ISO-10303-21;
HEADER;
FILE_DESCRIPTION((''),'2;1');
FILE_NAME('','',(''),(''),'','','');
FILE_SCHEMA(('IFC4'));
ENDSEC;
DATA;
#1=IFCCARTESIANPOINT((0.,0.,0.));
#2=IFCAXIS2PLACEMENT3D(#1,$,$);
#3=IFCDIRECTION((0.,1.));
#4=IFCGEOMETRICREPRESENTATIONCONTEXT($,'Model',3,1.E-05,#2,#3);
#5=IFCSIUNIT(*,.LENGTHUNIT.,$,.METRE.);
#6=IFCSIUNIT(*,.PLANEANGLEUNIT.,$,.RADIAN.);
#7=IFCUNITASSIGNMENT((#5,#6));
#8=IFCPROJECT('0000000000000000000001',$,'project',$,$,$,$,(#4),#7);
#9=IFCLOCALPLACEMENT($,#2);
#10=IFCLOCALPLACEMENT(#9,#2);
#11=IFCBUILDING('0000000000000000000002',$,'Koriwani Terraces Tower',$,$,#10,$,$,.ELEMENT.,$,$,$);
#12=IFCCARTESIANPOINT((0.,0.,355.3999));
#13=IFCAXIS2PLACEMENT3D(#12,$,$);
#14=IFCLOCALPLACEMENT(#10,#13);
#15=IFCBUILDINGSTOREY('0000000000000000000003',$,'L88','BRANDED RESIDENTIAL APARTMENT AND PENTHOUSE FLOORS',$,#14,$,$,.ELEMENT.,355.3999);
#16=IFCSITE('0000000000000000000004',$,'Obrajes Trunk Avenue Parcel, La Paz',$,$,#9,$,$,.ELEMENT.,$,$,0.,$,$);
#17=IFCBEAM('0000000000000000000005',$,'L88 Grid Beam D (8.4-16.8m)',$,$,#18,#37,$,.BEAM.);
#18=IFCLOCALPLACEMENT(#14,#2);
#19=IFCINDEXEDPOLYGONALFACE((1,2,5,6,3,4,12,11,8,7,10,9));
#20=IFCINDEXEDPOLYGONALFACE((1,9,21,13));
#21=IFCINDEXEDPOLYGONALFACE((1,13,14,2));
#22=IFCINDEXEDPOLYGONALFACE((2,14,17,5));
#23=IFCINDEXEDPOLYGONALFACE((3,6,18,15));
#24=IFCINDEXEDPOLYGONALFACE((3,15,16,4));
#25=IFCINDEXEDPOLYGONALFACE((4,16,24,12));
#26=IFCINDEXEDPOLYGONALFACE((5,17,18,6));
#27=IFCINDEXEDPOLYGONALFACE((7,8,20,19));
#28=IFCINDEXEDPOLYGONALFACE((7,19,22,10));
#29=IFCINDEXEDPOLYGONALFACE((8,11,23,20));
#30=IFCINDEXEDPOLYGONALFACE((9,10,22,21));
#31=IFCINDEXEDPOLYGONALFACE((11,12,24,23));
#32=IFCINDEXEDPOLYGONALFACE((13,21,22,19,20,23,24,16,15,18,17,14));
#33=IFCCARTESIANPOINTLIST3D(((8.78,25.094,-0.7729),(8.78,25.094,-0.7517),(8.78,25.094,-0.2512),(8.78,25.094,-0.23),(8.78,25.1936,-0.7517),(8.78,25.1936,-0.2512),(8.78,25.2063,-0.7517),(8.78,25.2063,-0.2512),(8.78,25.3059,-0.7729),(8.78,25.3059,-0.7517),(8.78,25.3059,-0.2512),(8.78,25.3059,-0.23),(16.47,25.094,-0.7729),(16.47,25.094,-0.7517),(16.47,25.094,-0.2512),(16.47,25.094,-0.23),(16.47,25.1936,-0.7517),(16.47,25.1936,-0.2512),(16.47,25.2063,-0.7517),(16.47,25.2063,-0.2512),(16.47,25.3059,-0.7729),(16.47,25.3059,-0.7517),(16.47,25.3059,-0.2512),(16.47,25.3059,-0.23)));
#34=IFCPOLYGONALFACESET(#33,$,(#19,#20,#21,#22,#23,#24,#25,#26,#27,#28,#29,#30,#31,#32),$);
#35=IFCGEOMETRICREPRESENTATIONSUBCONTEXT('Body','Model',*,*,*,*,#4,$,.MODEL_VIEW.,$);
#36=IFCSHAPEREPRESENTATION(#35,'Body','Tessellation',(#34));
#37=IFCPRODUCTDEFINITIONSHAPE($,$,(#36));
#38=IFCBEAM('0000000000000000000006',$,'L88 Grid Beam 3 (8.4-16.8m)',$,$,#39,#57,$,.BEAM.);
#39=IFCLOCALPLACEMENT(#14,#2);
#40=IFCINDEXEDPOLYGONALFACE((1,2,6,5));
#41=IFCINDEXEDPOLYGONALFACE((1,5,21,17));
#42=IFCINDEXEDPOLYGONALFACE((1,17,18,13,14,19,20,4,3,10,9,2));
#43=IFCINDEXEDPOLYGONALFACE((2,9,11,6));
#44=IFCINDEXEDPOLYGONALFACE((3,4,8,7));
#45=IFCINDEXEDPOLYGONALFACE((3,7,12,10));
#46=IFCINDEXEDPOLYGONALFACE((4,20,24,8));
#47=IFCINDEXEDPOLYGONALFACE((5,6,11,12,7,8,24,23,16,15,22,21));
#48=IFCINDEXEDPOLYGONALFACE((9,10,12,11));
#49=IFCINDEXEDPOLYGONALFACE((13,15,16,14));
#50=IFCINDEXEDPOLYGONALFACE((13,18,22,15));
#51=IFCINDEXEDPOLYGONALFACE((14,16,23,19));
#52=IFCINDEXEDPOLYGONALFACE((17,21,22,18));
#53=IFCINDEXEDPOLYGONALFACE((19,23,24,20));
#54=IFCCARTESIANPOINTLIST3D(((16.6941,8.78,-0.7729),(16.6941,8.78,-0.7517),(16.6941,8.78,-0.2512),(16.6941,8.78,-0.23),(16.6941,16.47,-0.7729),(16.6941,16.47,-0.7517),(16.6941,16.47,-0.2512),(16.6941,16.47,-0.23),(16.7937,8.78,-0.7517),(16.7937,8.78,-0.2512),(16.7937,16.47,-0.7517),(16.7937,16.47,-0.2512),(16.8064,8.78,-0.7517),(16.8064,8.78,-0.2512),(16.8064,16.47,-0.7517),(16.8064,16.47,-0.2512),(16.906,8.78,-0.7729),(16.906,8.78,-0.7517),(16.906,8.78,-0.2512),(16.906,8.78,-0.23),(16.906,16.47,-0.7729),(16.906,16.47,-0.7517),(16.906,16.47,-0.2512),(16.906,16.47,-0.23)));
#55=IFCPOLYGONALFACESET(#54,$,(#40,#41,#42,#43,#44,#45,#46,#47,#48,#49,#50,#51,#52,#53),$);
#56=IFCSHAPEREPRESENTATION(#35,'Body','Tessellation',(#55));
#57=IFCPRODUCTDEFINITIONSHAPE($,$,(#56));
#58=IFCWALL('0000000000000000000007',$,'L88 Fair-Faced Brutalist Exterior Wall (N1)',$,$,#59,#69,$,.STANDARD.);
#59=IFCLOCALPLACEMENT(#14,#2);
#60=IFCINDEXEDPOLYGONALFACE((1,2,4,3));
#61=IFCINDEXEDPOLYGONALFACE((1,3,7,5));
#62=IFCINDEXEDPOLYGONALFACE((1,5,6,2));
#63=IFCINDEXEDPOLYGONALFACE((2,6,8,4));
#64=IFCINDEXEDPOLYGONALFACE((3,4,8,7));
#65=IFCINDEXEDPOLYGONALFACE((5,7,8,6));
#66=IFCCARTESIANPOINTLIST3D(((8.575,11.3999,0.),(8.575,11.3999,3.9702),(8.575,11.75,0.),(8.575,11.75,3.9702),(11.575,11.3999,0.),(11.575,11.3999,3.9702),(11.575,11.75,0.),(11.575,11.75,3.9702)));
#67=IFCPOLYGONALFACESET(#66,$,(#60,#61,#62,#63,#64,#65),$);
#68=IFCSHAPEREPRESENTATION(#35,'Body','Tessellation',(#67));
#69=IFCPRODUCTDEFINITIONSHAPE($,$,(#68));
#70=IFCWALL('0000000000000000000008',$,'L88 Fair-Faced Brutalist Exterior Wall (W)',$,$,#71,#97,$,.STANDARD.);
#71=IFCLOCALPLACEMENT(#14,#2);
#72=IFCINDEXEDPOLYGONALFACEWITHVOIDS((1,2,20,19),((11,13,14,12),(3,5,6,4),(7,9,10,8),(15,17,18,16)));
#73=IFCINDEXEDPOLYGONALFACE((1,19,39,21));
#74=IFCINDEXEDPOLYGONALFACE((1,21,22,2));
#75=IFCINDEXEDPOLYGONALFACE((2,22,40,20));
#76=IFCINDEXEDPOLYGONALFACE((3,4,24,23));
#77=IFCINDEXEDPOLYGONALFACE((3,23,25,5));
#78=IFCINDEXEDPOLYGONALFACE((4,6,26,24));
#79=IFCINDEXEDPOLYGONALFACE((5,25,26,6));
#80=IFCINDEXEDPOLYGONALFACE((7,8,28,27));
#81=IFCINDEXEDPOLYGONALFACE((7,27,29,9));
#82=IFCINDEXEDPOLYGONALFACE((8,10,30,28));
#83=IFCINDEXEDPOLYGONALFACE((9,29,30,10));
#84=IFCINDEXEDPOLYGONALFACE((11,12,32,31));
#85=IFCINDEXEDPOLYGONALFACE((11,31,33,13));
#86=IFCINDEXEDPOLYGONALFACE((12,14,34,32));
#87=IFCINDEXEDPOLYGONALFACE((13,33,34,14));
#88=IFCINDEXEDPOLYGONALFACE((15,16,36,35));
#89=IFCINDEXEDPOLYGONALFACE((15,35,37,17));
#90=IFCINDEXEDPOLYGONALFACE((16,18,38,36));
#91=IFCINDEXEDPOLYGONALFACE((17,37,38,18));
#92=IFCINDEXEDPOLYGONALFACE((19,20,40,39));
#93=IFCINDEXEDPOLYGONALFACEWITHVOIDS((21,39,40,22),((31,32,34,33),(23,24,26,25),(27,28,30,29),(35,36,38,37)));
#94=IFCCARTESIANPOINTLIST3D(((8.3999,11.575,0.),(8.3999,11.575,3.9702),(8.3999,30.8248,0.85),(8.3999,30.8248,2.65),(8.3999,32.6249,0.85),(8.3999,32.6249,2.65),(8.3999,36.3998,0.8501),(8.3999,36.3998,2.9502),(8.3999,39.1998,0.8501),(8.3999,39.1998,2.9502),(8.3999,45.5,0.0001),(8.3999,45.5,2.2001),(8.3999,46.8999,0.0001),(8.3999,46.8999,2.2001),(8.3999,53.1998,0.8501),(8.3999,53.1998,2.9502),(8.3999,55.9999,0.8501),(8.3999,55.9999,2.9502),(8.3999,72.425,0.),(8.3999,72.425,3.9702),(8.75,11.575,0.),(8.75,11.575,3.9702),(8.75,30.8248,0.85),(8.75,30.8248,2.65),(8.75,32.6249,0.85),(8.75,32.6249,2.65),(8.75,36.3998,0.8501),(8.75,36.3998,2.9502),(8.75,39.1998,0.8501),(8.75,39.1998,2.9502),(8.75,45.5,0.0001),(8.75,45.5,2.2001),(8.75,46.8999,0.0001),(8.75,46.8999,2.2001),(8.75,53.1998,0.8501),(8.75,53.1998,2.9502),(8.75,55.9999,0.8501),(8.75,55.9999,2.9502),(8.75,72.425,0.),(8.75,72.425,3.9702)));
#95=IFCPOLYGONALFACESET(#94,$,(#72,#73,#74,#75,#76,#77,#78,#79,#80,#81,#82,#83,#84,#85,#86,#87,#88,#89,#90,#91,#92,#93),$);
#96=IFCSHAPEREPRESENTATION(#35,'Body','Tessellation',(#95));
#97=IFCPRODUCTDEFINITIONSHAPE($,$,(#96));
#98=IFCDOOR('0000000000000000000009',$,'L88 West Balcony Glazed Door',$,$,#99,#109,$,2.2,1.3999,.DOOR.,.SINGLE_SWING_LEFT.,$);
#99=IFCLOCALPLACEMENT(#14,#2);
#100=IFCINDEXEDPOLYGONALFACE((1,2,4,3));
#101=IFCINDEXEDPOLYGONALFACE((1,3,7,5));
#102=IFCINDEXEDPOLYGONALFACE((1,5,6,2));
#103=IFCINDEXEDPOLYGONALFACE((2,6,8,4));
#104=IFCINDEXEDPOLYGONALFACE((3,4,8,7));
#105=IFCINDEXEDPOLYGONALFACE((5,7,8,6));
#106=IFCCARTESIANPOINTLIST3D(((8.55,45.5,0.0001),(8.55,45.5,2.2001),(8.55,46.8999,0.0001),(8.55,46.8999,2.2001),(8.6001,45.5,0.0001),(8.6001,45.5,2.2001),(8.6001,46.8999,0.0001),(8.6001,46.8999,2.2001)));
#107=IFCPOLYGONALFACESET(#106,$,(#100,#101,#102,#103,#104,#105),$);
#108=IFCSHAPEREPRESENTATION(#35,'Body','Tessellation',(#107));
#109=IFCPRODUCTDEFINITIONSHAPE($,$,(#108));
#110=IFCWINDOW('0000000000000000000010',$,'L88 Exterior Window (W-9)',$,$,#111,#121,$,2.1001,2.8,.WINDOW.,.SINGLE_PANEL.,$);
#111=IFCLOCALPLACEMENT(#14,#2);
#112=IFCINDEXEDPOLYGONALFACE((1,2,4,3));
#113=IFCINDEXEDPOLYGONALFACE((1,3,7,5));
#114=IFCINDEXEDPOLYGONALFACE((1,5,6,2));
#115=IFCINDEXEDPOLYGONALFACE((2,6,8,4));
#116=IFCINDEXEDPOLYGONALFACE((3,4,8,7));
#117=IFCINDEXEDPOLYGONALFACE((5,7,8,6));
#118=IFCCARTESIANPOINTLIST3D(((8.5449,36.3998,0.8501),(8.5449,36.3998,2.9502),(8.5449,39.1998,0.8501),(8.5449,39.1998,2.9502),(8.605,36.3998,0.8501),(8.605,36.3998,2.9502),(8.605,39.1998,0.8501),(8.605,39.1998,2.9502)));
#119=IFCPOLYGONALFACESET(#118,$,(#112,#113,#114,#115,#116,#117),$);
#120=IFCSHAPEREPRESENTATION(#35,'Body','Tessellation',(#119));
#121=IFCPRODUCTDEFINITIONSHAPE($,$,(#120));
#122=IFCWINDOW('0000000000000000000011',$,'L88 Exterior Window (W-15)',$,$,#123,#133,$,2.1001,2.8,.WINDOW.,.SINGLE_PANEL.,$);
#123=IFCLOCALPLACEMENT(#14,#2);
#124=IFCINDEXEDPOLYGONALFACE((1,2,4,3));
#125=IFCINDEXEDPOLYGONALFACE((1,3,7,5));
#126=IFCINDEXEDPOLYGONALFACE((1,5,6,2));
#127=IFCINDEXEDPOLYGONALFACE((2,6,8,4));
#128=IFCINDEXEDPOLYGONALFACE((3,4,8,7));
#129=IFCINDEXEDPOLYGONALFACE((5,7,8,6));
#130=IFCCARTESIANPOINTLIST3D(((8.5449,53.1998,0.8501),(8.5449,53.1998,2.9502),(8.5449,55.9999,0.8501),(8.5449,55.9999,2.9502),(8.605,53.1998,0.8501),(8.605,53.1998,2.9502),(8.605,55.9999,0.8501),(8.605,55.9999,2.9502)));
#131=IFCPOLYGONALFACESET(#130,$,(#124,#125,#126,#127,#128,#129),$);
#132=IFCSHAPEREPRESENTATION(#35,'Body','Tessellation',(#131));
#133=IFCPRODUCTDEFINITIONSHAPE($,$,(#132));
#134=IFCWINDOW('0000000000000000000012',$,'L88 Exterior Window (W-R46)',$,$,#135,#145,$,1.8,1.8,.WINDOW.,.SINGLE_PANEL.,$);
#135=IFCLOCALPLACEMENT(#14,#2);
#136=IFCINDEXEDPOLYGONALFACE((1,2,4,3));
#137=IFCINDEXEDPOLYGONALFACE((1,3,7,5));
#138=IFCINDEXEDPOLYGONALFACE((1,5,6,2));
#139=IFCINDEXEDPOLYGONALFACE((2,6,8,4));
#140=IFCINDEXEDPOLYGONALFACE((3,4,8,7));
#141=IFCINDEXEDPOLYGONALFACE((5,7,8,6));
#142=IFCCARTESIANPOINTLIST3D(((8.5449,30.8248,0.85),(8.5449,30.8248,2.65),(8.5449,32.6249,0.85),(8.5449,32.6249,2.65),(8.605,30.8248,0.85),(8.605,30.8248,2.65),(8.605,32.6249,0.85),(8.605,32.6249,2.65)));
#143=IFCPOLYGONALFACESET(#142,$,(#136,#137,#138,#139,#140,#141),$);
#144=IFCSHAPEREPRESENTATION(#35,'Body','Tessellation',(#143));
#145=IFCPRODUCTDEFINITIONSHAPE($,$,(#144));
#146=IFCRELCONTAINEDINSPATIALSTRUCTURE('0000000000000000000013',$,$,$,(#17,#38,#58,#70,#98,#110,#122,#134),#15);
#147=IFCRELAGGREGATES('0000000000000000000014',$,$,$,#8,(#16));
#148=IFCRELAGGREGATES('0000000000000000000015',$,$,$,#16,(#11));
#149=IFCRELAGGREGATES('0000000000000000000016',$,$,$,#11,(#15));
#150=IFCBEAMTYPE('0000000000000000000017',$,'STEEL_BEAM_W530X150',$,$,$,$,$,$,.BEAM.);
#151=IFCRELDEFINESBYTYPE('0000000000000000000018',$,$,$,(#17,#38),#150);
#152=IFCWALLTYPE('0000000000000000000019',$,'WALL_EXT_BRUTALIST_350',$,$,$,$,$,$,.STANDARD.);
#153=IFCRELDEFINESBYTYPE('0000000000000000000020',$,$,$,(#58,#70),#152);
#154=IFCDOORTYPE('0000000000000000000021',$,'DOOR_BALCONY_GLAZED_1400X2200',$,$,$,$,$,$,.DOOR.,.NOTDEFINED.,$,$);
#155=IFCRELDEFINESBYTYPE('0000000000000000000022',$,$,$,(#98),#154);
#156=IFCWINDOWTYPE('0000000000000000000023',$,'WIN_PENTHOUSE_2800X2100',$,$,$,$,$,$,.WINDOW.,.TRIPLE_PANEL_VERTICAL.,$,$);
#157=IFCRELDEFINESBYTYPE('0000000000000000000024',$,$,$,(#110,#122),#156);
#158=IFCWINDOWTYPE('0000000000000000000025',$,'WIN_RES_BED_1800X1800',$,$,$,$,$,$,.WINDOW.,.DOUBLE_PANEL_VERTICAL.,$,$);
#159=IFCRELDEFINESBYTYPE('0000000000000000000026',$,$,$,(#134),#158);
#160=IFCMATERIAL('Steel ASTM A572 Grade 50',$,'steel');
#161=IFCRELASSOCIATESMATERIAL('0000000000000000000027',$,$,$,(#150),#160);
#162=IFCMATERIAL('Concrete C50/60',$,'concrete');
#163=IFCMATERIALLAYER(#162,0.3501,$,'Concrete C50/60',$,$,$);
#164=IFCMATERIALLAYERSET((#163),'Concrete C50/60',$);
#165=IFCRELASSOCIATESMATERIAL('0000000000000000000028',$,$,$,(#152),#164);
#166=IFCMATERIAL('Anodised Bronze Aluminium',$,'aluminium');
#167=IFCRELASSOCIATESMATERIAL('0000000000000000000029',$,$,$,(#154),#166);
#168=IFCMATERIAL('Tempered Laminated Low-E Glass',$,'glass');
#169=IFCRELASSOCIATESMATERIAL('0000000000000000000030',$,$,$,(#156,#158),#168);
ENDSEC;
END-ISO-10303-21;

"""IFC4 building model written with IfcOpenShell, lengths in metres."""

from ifc_helpers import new_model, si_unit, direction, frame, frame_2d, origin, origin_2d, place, context, subcontext, project, spatial, rectangle, i_section, extrude, material, layer, layer_set, material_profile, profile_set, type_object, element, fill, save


model = new_model("IFC4")

# Units and contexts
model_context = context("Model", 3, precision=1e-05, world=origin(), true_north=direction((0.0, 1.0)))
body_context = subcontext(model_context, "Body", "Model", "MODEL_VIEW")
ifc_project = project(units=[si_unit("LENGTHUNIT", "METRE"), si_unit("PLANEANGLEUNIT", "RADIAN")], contexts=[model_context])

# Site, building, storey
site_placement = place(None, origin())
site = spatial("IfcSite", under=ifc_project, at=site_placement, Name="Obrajes Trunk Avenue Parcel, La Paz", CompositionType="ELEMENT", RefElevation=0.0)
building_placement = place(site_placement, origin())
building = spatial("IfcBuilding", under=site, at=building_placement, Name="Koriwani Terraces Tower", CompositionType="ELEMENT")
storey_placement = place(building_placement, frame((0.0, 0.0, 355.3999)))
storey = spatial("IfcBuildingStorey", under=building, at=storey_placement, Name="L88", Description="BRANDED RESIDENTIAL APARTMENT AND PENTHOUSE FLOORS", CompositionType="ELEMENT", Elevation=355.3999)

# Shared definitions
ifc_material_1 = material(Name="Concrete C50/60", Category="concrete")

# Beams
ifc_material_2 = material(Name="Steel ASTM A572 Grade 50", Category="steel")
ifc_material_profile_1 = material_profile(ifc_material_2, i_section(OverallWidth=0.2119, OverallDepth=0.543, WebThickness=0.0127, FlangeThickness=0.0212, at=origin_2d()), Name="Steel ASTM A572 Grade 50", Category="LoadBearing")
ifc_profile_set_1 = profile_set([ifc_material_profile_1], Name="Steel ASTM A572 Grade 50")
beam_type_1 = type_object("IfcBeamType", Name="STEEL_BEAM_W530X150", PredefinedType="BEAM", material=ifc_profile_set_1)
for number, where, z_axis, x_axis, name in (
    (1, (8.78, 25.2, -0.5015), (1.0, 0.0, 0.0), (0.0, 1.0, 0.0), "L88 Grid Beam D (8.4-16.8m)"),
    (2, (16.8, 8.78, -0.5015), (0.0, 1.0, 0.0), (-1.0, 0.0, 0.0), "L88 Grid Beam 3 (8.4-16.8m)"),
):
    element("IfcBeam", number, at=place(storey_placement, frame(where, z_axis=z_axis, x_axis=x_axis)), inside=storey, type_object=beam_type_1, Name=name, PredefinedType="BEAM", context=body_context, shape_type="SweptSolid", body=[
        extrude(i_section(OverallWidth=0.2119, OverallDepth=0.543, WebThickness=0.0127, FlangeThickness=0.0212, at=origin_2d()), origin(), (0.0, 0.0, 1.0), 7.6899),
    ])

# Wall
ifc_layer_1 = layer(ifc_material_1, 0.3501, Name="Concrete C50/60")
ifc_layer_set_1 = layer_set([ifc_layer_1], Name="Concrete C50/60")
wall_type_1 = type_object("IfcWallType", Name="WALL_EXT_BRUTALIST_350", PredefinedType="STANDARD", material=ifc_layer_set_1)
wall_1_placement = place(storey_placement, frame((11.575, 11.575, 0.0), z_axis=(0.0, 0.0, 1.0), x_axis=(-1.0, 0.0, 0.0)))
element("IfcWall", 3, at=wall_1_placement, inside=storey, type_object=wall_type_1, Name="L88 Fair-Faced Brutalist Exterior Wall (N1)", PredefinedType="STANDARD", context=body_context, shape_type="SweptSolid", body=[
    extrude(rectangle(XDim=3.0, YDim=0.3501, at=frame_2d((1.5, 0.0))), origin(), (0.0, 0.0, 1.0), 3.9702),
])

# Wall, openings, door, windows
wall_2_placement = place(storey_placement, frame((8.575, 11.575, 0.0), z_axis=(0.0, 0.0, 1.0), x_axis=(0.0, 1.0, 0.0)))
wall_2 = element("IfcWall", 4, at=wall_2_placement, inside=storey, type_object=wall_type_1, Name="L88 Fair-Faced Brutalist Exterior Wall (W)", PredefinedType="STANDARD", context=body_context, shape_type="SweptSolid", body=[
    extrude(rectangle(XDim=60.8501, YDim=0.3501, at=frame_2d((30.425, 0.0))), origin(), (0.0, 0.0, 1.0), 3.9702),
])
opening_1_placement = place(wall_2_placement, frame((33.925, 0.0, 0.0)))
opening_1 = element("IfcOpeningElement", 5, at=opening_1_placement, cuts=wall_2, PredefinedType="OPENING", context=body_context, shape_type="SweptSolid", body=[
    extrude(rectangle(XDim=1.3999, YDim=2.2, at=frame_2d((0.7, 1.1001))), frame((0.0, 0.1851, 0.0), z_axis=(0.0, -1.0, 0.0), x_axis=(1.0, 0.0, 0.0)), (0.0, 0.0, 1.0), 0.3701),
])
opening_2_placement = place(wall_2_placement, frame((24.825, 0.0, 0.8501)))
opening_2 = element("IfcOpeningElement", 6, at=opening_2_placement, cuts=wall_2, PredefinedType="OPENING", context=body_context, shape_type="SweptSolid", body=[
    extrude(rectangle(XDim=2.8, YDim=2.1001, at=frame_2d((1.3999, 1.05))), frame((0.0, 0.1851, 0.0), z_axis=(0.0, -1.0, 0.0), x_axis=(1.0, 0.0, 0.0)), (0.0, 0.0, 1.0), 0.3701),
])
opening_3_placement = place(wall_2_placement, frame((41.625, 0.0, 0.8501)))
opening_3 = element("IfcOpeningElement", 7, at=opening_3_placement, cuts=wall_2, PredefinedType="OPENING", context=body_context, shape_type="SweptSolid", body=[
    extrude(rectangle(XDim=2.8, YDim=2.1001, at=frame_2d((1.3999, 1.05))), frame((0.0, 0.1851, 0.0), z_axis=(0.0, -1.0, 0.0), x_axis=(1.0, 0.0, 0.0)), (0.0, 0.0, 1.0), 0.3701),
])
opening_4_placement = place(wall_2_placement, frame((19.25, 0.0, 0.8501)))
opening_4 = element("IfcOpeningElement", 8, at=opening_4_placement, cuts=wall_2, PredefinedType="OPENING", context=body_context, shape_type="SweptSolid", body=[
    extrude(rectangle(XDim=1.8, YDim=1.8, at=frame_2d((0.8999, 0.8999))), frame((0.0, 0.1851, 0.0), z_axis=(0.0, -1.0, 0.0), x_axis=(1.0, 0.0, 0.0)), (0.0, 0.0, 1.0), 0.3701),
])
ifc_material_3 = material(Name="Anodised Bronze Aluminium", Category="aluminium")
door_type_1 = type_object("IfcDoorType", Name="DOOR_BALCONY_GLAZED_1400X2200", OperationType="NOTDEFINED", PredefinedType="DOOR", material=ifc_material_3)
door_1_placement = place(opening_1_placement, origin())
door_1 = element("IfcDoor", 9, at=door_1_placement, inside=storey, type_object=door_type_1, Name="L88 West Balcony Glazed Door", OperationType="SINGLE_SWING_LEFT", OverallHeight=2.2, OverallWidth=1.3999, PredefinedType="DOOR", context=body_context, shape_type="SweptSolid", body=[
    extrude(rectangle(XDim=1.3999, YDim=2.2, at=frame_2d((0.7, 1.1001))), frame((0.0, 0.0249, 0.0), z_axis=(0.0, -1.0, 0.0), x_axis=(1.0, 0.0, 0.0)), (0.0, 0.0, 1.0), 0.05),
])
fill(opening_1, door_1)
ifc_material_4 = material(Name="Tempered Laminated Low-E Glass", Category="glass")
window_type_1 = type_object("IfcWindowType", Name="WIN_PENTHOUSE_2800X2100", PartitioningType="TRIPLE_PANEL_VERTICAL", PredefinedType="WINDOW", material=ifc_material_4)
window_1_placement = place(opening_2_placement, origin())
window_1 = element("IfcWindow", 10, at=window_1_placement, inside=storey, type_object=window_type_1, Name="L88 Exterior Window (W-9)", OverallHeight=2.1001, OverallWidth=2.8, PartitioningType="SINGLE_PANEL", PredefinedType="WINDOW", context=body_context, shape_type="SweptSolid", body=[
    extrude(rectangle(XDim=2.8, YDim=2.1001, at=frame_2d((1.3999, 1.05))), frame((0.0, 0.03, 0.0), z_axis=(0.0, -1.0, 0.0), x_axis=(1.0, 0.0, 0.0)), (0.0, 0.0, 1.0), 0.0601),
])
fill(opening_2, window_1)
window_2_placement = place(opening_3_placement, origin())
window_2 = element("IfcWindow", 11, at=window_2_placement, inside=storey, type_object=window_type_1, Name="L88 Exterior Window (W-15)", OverallHeight=2.1001, OverallWidth=2.8, PartitioningType="SINGLE_PANEL", PredefinedType="WINDOW", context=body_context, shape_type="SweptSolid", body=[
    extrude(rectangle(XDim=2.8, YDim=2.1001, at=frame_2d((1.3999, 1.05))), frame((0.0, 0.03, 0.0), z_axis=(0.0, -1.0, 0.0), x_axis=(1.0, 0.0, 0.0)), (0.0, 0.0, 1.0), 0.0601),
])
fill(opening_3, window_2)
window_type_2 = type_object("IfcWindowType", Name="WIN_RES_BED_1800X1800", PartitioningType="DOUBLE_PANEL_VERTICAL", PredefinedType="WINDOW", material=ifc_material_4)
window_3_placement = place(opening_4_placement, origin())
window_3 = element("IfcWindow", 12, at=window_3_placement, inside=storey, type_object=window_type_2, Name="L88 Exterior Window (W-R46)", OverallHeight=1.8, OverallWidth=1.8, PartitioningType="SINGLE_PANEL", PredefinedType="WINDOW", context=body_context, shape_type="SweptSolid", body=[
    extrude(rectangle(XDim=1.8, YDim=1.8, at=frame_2d((0.8999, 0.8999))), frame((0.0, 0.03, 0.0), z_axis=(0.0, -1.0, 0.0), x_axis=(1.0, 0.0, 0.0)), (0.0, 0.0, 1.0), 0.0601),
])
fill(opening_4, window_3)

save(model, "model.ifc")
